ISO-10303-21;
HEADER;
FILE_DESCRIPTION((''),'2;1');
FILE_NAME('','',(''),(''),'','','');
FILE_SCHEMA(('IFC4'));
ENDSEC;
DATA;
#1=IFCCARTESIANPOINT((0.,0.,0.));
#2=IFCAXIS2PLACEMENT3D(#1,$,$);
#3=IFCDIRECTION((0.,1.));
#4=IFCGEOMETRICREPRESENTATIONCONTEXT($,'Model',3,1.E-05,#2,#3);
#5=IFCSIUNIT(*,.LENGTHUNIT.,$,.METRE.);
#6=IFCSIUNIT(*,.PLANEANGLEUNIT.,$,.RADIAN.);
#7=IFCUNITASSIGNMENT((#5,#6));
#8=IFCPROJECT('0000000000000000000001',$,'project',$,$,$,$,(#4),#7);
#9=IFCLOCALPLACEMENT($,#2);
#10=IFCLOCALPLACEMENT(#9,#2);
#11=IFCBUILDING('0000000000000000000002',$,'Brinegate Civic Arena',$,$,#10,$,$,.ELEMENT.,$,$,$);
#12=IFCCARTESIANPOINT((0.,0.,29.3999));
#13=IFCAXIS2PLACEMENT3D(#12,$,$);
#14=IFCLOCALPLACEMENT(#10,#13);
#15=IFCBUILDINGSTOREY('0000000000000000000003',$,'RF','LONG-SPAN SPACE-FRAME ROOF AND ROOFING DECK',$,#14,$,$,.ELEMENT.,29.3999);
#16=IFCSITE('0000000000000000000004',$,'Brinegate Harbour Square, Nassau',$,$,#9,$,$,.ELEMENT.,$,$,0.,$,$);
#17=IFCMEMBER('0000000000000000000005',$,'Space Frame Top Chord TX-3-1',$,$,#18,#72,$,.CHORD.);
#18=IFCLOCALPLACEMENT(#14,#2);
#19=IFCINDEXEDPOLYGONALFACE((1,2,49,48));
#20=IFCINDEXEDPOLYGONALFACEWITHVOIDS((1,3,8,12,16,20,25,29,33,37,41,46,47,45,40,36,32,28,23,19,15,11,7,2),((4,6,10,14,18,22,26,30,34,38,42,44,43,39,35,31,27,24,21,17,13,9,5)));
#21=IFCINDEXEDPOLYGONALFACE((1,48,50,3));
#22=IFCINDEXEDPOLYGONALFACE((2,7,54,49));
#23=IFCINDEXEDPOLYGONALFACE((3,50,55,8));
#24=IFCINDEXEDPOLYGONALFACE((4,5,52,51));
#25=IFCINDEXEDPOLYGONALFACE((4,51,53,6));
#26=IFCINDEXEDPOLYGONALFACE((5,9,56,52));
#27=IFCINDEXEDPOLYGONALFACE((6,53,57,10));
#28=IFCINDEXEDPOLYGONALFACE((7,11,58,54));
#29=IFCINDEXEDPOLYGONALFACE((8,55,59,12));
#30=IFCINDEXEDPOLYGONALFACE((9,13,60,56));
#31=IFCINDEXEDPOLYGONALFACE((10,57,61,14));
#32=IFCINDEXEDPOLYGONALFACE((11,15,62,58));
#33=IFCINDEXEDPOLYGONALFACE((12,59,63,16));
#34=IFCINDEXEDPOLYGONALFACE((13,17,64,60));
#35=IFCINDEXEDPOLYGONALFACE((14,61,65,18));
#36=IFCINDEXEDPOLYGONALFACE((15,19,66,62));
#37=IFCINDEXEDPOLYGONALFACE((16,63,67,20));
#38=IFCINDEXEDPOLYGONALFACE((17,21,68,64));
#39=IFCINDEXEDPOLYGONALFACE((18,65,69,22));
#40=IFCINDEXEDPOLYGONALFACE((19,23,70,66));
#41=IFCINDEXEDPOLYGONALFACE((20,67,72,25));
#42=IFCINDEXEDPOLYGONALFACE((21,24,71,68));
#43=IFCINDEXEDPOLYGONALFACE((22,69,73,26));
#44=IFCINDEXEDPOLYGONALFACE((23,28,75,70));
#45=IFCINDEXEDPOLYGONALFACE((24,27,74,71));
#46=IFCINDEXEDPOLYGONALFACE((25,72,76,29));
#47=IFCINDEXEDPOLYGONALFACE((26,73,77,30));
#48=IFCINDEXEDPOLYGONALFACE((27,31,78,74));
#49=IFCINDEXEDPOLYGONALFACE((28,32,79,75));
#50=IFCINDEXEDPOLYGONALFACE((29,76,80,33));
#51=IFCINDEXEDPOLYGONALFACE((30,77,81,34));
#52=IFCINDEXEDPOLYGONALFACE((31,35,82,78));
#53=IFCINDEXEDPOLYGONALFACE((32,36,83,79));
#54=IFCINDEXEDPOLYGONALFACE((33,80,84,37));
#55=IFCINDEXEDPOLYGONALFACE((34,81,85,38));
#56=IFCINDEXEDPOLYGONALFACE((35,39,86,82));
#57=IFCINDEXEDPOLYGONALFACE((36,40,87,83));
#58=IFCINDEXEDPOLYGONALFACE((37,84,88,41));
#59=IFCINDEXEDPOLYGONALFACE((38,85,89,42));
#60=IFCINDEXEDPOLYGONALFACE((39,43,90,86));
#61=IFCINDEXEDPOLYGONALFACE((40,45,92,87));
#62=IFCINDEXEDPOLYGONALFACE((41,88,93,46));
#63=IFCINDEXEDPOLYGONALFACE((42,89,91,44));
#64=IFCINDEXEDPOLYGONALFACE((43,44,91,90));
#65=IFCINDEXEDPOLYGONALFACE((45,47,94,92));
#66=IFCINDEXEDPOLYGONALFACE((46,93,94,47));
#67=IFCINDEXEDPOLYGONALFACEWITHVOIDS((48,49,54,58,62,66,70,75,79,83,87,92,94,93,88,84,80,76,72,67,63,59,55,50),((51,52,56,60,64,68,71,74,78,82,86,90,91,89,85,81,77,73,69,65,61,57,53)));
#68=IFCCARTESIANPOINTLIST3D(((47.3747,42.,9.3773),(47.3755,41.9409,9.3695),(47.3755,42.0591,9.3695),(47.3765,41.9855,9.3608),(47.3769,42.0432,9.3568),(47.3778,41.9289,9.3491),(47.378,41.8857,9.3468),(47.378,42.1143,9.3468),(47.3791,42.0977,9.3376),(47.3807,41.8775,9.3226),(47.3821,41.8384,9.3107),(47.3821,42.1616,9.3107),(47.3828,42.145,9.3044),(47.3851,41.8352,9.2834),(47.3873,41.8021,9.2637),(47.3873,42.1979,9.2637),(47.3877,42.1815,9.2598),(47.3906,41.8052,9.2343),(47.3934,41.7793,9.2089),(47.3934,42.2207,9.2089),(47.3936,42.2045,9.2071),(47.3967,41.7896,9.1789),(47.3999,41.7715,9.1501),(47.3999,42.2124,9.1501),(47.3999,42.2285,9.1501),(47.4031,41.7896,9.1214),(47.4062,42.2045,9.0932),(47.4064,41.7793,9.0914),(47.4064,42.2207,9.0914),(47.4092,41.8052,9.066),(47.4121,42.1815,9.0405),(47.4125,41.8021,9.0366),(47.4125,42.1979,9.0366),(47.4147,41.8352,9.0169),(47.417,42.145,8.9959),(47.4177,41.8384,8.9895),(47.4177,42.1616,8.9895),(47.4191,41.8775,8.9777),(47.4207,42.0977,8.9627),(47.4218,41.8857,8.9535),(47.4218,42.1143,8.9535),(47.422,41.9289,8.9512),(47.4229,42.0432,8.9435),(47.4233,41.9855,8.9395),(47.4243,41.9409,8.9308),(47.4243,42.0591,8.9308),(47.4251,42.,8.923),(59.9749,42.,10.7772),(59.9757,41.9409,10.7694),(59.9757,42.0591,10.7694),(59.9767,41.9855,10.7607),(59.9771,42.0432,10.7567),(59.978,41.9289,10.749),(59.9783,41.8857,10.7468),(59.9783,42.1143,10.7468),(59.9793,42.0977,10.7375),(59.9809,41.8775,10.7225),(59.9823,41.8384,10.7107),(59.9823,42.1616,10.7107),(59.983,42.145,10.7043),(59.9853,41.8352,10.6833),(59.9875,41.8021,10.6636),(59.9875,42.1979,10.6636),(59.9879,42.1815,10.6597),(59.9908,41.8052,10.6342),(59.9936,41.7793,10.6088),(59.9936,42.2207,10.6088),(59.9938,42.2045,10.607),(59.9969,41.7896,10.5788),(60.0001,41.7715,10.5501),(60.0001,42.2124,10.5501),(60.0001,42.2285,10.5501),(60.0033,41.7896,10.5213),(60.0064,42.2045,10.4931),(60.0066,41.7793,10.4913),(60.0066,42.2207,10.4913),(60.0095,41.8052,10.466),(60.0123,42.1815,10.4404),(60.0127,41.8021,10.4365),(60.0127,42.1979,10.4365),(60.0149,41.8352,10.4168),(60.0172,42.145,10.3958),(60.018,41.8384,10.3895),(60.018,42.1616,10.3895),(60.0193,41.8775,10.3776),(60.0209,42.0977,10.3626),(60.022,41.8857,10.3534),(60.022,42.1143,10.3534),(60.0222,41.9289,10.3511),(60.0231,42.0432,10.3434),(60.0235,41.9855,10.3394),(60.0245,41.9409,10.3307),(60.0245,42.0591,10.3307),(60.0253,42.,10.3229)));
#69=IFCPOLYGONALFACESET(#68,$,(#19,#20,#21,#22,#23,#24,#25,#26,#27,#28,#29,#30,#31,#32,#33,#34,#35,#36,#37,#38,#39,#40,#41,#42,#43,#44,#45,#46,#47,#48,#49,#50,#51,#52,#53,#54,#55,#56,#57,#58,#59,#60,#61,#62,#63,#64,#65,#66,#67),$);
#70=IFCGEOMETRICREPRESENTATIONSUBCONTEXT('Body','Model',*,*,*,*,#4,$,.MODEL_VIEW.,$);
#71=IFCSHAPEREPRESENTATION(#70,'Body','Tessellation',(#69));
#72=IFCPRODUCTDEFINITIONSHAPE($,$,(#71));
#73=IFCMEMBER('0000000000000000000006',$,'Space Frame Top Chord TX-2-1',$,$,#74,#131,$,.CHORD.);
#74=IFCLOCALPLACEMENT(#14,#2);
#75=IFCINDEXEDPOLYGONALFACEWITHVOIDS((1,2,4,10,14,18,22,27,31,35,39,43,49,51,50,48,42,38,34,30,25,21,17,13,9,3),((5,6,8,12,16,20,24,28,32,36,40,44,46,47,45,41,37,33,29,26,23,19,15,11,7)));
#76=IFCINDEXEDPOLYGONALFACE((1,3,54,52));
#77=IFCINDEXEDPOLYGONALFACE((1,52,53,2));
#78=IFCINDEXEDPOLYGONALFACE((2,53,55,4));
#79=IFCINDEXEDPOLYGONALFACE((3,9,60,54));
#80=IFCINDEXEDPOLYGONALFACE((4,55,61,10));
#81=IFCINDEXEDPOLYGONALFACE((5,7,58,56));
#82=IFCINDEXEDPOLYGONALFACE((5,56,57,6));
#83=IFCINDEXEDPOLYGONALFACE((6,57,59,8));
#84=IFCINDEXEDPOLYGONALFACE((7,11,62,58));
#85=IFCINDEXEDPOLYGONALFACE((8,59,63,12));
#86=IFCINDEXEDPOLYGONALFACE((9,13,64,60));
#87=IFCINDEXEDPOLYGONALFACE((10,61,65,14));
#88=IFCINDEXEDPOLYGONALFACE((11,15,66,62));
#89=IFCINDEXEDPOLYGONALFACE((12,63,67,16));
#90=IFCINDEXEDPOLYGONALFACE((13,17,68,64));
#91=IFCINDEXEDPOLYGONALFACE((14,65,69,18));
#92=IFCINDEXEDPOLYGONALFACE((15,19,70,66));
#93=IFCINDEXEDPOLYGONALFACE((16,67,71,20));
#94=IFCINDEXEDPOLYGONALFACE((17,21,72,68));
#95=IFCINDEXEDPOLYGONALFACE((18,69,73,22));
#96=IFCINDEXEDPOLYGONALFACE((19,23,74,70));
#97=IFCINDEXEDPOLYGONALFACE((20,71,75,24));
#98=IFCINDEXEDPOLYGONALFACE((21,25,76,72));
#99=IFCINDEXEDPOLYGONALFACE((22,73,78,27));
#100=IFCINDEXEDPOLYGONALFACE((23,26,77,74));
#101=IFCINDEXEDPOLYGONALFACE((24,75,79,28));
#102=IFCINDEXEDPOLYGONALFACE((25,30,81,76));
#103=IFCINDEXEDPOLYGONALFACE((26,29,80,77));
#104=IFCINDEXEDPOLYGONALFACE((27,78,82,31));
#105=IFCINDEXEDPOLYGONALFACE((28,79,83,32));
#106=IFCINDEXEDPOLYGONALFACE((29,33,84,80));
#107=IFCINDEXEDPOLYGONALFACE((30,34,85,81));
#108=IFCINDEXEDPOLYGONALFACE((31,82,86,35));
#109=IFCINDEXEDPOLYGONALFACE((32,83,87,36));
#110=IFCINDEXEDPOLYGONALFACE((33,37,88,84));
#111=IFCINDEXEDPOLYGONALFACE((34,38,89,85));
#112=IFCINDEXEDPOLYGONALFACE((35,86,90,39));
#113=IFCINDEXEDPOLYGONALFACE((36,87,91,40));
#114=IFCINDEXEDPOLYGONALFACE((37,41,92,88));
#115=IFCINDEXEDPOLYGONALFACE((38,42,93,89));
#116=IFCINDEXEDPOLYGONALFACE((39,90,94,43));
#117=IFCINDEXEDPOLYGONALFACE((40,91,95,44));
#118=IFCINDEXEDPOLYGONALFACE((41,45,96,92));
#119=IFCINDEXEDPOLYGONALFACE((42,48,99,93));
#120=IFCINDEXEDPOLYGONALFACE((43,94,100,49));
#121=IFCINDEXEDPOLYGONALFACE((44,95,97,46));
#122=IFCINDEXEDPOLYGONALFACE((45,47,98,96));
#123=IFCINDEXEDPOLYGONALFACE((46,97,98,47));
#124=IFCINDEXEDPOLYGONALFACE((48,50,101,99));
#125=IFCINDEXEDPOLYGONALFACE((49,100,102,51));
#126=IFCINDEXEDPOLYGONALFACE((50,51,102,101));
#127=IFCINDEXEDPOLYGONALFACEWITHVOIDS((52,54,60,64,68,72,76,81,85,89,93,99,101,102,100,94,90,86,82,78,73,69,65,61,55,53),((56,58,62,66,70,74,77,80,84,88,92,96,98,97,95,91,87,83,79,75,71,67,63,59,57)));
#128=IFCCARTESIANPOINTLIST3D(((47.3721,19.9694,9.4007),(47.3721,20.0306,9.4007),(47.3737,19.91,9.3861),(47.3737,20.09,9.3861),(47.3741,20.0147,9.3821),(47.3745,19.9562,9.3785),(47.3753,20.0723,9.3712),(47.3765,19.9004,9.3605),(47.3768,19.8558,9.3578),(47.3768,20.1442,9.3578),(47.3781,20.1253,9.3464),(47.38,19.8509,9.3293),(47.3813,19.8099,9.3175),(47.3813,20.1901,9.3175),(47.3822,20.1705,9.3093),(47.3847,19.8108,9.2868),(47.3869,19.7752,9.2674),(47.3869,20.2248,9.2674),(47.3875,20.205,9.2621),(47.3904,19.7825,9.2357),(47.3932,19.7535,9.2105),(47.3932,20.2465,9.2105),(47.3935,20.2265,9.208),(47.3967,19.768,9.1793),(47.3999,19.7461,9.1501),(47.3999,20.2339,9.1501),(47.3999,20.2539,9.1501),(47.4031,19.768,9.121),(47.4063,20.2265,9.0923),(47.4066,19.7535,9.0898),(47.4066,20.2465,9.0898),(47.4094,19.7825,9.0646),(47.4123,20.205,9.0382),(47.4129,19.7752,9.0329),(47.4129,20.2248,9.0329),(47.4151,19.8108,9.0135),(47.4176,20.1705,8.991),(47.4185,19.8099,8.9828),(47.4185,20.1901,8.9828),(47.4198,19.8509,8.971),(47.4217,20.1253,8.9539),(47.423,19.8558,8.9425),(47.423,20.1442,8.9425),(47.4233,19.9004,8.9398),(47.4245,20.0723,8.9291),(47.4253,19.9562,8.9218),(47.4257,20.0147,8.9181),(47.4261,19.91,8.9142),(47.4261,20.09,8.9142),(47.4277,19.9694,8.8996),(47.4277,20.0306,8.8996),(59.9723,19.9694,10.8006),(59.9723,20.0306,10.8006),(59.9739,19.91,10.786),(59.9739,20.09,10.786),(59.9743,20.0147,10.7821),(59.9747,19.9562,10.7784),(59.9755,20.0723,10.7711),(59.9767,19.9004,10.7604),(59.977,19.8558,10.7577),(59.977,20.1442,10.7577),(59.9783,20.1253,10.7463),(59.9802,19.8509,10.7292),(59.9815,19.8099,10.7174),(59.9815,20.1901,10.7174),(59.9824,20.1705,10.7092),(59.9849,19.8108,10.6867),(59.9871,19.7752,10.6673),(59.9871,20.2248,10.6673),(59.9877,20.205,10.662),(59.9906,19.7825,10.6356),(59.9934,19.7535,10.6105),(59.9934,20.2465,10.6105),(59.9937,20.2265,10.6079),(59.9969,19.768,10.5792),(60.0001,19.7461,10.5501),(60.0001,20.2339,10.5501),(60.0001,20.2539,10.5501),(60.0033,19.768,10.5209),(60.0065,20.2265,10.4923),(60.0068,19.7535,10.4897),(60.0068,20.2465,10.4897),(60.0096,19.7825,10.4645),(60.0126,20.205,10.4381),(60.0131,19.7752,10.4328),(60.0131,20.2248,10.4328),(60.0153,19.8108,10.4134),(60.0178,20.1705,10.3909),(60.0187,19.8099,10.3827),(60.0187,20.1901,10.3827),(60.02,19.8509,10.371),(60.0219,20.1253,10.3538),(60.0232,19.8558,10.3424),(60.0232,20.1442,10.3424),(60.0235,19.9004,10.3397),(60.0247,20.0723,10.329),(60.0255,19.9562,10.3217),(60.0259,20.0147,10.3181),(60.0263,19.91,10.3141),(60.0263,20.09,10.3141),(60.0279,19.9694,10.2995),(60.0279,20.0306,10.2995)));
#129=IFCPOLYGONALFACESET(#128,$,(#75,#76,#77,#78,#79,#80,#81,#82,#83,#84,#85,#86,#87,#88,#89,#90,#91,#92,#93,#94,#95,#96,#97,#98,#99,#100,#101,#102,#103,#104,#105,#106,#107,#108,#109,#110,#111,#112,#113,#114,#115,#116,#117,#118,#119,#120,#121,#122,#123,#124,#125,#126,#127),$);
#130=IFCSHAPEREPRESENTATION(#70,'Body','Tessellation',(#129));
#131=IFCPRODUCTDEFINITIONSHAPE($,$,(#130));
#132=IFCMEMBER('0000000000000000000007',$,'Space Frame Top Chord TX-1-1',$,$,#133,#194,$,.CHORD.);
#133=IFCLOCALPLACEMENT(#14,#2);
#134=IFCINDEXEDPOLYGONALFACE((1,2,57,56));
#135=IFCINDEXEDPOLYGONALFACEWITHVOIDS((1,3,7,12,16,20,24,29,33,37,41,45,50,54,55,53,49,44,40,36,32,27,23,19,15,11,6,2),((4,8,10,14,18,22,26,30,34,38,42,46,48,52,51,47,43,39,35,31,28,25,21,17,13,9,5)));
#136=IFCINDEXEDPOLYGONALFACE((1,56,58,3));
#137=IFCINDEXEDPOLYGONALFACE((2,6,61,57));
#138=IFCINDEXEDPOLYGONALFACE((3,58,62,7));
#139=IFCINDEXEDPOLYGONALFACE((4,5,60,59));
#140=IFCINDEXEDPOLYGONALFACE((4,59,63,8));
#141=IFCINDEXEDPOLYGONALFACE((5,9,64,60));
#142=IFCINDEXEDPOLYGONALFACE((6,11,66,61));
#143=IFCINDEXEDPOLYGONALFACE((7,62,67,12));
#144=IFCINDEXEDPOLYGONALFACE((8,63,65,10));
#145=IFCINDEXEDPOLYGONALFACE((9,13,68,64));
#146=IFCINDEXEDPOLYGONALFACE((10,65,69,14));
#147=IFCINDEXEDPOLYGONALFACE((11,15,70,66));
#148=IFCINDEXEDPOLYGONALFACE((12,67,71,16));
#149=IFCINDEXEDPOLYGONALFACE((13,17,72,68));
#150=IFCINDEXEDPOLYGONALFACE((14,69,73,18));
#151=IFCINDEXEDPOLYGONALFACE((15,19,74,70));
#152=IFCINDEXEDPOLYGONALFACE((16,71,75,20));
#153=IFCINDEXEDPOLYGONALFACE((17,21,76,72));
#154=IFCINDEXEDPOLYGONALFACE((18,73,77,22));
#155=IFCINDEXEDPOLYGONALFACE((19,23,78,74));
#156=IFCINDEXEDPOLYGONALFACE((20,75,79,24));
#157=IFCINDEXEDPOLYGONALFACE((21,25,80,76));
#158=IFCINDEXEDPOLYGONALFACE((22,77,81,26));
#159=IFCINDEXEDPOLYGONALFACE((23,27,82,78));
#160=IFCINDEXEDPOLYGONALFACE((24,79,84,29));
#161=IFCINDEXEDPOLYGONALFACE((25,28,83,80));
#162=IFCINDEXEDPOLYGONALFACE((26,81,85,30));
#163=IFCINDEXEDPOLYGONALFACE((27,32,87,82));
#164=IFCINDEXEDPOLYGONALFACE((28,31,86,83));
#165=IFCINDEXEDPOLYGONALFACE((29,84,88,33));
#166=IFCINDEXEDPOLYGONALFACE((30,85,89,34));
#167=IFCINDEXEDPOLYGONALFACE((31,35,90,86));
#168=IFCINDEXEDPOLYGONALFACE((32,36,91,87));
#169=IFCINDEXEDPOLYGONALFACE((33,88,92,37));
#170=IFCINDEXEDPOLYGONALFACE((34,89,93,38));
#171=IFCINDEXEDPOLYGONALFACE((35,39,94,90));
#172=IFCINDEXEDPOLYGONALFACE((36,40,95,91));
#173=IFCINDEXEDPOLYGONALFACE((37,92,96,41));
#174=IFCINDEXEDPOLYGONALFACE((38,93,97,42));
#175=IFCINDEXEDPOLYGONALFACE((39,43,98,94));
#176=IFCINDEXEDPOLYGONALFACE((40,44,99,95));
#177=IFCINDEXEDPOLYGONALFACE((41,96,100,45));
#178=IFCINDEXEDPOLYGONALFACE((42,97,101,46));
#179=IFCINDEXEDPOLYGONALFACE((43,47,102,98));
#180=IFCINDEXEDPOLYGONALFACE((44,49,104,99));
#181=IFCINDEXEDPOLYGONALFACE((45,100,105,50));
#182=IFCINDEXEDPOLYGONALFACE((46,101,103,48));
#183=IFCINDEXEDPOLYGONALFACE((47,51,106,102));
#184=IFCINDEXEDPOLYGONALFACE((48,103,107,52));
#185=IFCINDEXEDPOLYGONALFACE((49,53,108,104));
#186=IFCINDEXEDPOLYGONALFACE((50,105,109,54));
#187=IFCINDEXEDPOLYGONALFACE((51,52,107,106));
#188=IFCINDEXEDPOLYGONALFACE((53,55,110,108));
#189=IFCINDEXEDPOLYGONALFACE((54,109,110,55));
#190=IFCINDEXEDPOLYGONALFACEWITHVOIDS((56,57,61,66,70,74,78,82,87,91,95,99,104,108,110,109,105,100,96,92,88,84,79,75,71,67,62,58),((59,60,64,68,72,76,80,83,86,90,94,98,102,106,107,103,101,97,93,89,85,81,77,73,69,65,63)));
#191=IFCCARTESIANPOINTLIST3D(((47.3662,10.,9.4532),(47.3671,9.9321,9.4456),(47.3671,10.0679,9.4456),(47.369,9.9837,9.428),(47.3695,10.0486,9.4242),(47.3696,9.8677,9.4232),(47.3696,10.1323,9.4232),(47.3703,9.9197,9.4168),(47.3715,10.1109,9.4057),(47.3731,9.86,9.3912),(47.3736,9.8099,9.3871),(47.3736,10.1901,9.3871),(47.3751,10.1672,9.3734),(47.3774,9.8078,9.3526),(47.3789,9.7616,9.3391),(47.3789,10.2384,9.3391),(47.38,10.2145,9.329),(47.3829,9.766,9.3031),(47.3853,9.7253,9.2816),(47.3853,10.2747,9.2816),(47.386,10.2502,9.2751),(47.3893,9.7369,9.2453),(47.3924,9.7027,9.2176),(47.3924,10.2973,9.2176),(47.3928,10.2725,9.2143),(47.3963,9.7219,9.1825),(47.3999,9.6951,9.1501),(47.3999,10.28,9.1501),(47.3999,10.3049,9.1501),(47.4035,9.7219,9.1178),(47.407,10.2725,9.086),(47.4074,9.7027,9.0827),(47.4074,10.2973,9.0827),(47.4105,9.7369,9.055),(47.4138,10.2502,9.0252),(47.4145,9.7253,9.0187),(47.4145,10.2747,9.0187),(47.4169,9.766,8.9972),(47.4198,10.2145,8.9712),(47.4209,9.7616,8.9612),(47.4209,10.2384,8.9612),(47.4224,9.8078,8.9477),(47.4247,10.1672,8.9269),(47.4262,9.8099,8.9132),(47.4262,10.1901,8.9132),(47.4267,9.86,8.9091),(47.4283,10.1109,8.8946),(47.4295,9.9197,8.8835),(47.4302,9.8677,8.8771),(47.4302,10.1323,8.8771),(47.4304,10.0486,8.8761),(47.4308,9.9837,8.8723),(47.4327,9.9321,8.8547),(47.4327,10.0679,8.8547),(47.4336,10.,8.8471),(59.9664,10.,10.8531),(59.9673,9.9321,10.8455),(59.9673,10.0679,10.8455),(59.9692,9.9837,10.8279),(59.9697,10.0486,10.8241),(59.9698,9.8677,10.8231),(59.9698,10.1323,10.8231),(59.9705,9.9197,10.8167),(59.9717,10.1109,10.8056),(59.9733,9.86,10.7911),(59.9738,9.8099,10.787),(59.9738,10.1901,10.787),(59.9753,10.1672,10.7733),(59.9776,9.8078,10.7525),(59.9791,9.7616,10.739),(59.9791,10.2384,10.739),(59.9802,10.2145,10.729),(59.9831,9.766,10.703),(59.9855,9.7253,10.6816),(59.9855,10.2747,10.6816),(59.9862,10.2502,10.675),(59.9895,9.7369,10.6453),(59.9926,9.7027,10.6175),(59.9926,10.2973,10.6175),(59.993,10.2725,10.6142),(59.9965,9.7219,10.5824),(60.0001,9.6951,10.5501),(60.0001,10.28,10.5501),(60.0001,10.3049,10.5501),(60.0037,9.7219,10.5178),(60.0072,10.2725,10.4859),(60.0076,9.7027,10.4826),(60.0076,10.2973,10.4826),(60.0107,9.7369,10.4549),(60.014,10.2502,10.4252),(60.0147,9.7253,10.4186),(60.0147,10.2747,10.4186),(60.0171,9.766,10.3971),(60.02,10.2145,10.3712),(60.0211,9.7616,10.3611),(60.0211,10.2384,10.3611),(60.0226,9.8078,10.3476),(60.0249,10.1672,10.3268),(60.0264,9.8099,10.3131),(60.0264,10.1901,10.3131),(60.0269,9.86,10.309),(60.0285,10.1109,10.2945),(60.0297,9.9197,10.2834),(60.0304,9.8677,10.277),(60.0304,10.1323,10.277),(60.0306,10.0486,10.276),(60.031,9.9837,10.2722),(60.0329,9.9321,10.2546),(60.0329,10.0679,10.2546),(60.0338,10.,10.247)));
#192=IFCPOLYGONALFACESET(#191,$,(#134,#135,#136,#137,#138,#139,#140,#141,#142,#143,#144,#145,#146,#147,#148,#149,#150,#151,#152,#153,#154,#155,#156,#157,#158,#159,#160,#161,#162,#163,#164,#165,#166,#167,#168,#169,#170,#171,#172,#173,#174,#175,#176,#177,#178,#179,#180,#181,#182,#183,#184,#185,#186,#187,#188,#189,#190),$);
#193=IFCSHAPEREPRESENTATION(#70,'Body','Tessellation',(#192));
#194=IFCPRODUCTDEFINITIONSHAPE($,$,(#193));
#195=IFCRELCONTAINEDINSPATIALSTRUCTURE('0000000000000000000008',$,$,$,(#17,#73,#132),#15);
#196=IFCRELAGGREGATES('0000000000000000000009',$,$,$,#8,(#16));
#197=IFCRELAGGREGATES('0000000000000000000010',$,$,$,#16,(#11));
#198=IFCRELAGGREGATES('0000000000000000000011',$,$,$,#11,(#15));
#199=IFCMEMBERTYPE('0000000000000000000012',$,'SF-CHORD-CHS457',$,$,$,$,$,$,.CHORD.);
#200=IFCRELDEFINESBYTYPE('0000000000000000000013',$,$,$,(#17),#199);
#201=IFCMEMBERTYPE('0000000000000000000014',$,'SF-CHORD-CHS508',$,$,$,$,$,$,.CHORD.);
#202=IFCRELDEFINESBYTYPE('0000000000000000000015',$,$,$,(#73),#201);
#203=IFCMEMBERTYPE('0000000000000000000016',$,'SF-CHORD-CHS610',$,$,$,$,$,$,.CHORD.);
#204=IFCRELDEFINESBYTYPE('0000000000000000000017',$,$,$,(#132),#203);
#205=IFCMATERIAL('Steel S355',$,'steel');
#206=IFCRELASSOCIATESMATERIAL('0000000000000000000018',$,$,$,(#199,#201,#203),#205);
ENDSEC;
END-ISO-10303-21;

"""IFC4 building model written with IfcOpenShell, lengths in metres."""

from ifc_helpers import new_model, si_unit, direction, frame, origin, origin_2d, place, context, subcontext, project, spatial, hollow_circle, extrude, material, material_profile, profile_set, type_object, element, save


model = new_model("IFC4")

# Units and contexts
model_context = context("Model", 3, precision=1e-05, world=origin(), true_north=direction((0.0, 1.0)))
body_context = subcontext(model_context, "Body", "Model", "MODEL_VIEW")
ifc_project = project(units=[si_unit("LENGTHUNIT", "METRE"), si_unit("PLANEANGLEUNIT", "RADIAN")], contexts=[model_context])

# Site, building, storey
site_placement = place(None, origin())
site = spatial("IfcSite", under=ifc_project, at=site_placement, Name="Brinegate Harbour Square, Nassau", CompositionType="ELEMENT", RefElevation=0.0)
building_placement = place(site_placement, origin())
building = spatial("IfcBuilding", under=site, at=building_placement, Name="Brinegate Civic Arena", CompositionType="ELEMENT")
storey_placement = place(building_placement, frame((0.0, 0.0, 29.3999)))
storey = spatial("IfcBuildingStorey", under=building, at=storey_placement, Name="RF", Description="LONG-SPAN SPACE-FRAME ROOF AND ROOFING DECK", CompositionType="ELEMENT", Elevation=29.3999)

# Members
ifc_material_1 = material(Name="Steel S355", Category="steel")
ifc_material_profile_1 = material_profile(ifc_material_1, hollow_circle(Radius=0.2285, WallThickness=0.0161, at=origin_2d()), Name="CHS457X16")
ifc_profile_set_1 = profile_set([ifc_material_profile_1], Name="Steel S355")
member_type_1 = type_object("IfcMemberType", Name="SF-CHORD-CHS457", PredefinedType="CHORD", material=ifc_profile_set_1)
member_1_placement = place(storey_placement, frame((47.3999, 42.0, 9.1501), z_axis=(0.993885, 0.0, 0.110423), x_axis=(0.0, 1.0, 0.0)))
element("IfcMember", 1, at=member_1_placement, inside=storey, type_object=member_type_1, Name="Space Frame Top Chord TX-3-1", PredefinedType="CHORD", context=body_context, shape_type="SweptSolid", body=[
    extrude(hollow_circle(Radius=0.2285, WallThickness=0.0161, at=origin_2d()), origin(), (0.0, 0.0, 1.0), 12.6777),
])
ifc_material_profile_2 = material_profile(ifc_material_1, hollow_circle(Radius=0.2539, WallThickness=0.02, at=origin_2d()), Name="CHS508X20")
ifc_profile_set_2 = profile_set([ifc_material_profile_2], Name="Steel S355")
member_type_2 = type_object("IfcMemberType", Name="SF-CHORD-CHS508", PredefinedType="CHORD", material=ifc_profile_set_2)
member_2_placement = place(storey_placement, frame((47.3999, 20.0, 9.1501), z_axis=(0.993885, 0.0, 0.110423), x_axis=(0.0, 1.0, 0.0)))
element("IfcMember", 2, at=member_2_placement, inside=storey, type_object=member_type_2, Name="Space Frame Top Chord TX-2-1", PredefinedType="CHORD", context=body_context, shape_type="SweptSolid", body=[
    extrude(hollow_circle(Radius=0.2539, WallThickness=0.02, at=origin_2d()), origin(), (0.0, 0.0, 1.0), 12.6777),
])
ifc_material_profile_3 = material_profile(ifc_material_1, hollow_circle(Radius=0.3049, WallThickness=0.0249, at=origin_2d()), Name="CHS610X25")
ifc_profile_set_3 = profile_set([ifc_material_profile_3], Name="Steel S355")
member_type_3 = type_object("IfcMemberType", Name="SF-CHORD-CHS610", PredefinedType="CHORD", material=ifc_profile_set_3)
member_3_placement = place(storey_placement, frame((47.3999, 10.0, 9.1501), z_axis=(0.993885, 0.0, 0.110423), x_axis=(0.0, 1.0, 0.0)))
element("IfcMember", 3, at=member_3_placement, inside=storey, type_object=member_type_3, Name="Space Frame Top Chord TX-1-1", PredefinedType="CHORD", context=body_context, shape_type="SweptSolid", body=[
    extrude(hollow_circle(Radius=0.3049, WallThickness=0.0249, at=origin_2d()), origin(), (0.0, 0.0, 1.0), 12.6777),
])

save(model, "model.ifc")
